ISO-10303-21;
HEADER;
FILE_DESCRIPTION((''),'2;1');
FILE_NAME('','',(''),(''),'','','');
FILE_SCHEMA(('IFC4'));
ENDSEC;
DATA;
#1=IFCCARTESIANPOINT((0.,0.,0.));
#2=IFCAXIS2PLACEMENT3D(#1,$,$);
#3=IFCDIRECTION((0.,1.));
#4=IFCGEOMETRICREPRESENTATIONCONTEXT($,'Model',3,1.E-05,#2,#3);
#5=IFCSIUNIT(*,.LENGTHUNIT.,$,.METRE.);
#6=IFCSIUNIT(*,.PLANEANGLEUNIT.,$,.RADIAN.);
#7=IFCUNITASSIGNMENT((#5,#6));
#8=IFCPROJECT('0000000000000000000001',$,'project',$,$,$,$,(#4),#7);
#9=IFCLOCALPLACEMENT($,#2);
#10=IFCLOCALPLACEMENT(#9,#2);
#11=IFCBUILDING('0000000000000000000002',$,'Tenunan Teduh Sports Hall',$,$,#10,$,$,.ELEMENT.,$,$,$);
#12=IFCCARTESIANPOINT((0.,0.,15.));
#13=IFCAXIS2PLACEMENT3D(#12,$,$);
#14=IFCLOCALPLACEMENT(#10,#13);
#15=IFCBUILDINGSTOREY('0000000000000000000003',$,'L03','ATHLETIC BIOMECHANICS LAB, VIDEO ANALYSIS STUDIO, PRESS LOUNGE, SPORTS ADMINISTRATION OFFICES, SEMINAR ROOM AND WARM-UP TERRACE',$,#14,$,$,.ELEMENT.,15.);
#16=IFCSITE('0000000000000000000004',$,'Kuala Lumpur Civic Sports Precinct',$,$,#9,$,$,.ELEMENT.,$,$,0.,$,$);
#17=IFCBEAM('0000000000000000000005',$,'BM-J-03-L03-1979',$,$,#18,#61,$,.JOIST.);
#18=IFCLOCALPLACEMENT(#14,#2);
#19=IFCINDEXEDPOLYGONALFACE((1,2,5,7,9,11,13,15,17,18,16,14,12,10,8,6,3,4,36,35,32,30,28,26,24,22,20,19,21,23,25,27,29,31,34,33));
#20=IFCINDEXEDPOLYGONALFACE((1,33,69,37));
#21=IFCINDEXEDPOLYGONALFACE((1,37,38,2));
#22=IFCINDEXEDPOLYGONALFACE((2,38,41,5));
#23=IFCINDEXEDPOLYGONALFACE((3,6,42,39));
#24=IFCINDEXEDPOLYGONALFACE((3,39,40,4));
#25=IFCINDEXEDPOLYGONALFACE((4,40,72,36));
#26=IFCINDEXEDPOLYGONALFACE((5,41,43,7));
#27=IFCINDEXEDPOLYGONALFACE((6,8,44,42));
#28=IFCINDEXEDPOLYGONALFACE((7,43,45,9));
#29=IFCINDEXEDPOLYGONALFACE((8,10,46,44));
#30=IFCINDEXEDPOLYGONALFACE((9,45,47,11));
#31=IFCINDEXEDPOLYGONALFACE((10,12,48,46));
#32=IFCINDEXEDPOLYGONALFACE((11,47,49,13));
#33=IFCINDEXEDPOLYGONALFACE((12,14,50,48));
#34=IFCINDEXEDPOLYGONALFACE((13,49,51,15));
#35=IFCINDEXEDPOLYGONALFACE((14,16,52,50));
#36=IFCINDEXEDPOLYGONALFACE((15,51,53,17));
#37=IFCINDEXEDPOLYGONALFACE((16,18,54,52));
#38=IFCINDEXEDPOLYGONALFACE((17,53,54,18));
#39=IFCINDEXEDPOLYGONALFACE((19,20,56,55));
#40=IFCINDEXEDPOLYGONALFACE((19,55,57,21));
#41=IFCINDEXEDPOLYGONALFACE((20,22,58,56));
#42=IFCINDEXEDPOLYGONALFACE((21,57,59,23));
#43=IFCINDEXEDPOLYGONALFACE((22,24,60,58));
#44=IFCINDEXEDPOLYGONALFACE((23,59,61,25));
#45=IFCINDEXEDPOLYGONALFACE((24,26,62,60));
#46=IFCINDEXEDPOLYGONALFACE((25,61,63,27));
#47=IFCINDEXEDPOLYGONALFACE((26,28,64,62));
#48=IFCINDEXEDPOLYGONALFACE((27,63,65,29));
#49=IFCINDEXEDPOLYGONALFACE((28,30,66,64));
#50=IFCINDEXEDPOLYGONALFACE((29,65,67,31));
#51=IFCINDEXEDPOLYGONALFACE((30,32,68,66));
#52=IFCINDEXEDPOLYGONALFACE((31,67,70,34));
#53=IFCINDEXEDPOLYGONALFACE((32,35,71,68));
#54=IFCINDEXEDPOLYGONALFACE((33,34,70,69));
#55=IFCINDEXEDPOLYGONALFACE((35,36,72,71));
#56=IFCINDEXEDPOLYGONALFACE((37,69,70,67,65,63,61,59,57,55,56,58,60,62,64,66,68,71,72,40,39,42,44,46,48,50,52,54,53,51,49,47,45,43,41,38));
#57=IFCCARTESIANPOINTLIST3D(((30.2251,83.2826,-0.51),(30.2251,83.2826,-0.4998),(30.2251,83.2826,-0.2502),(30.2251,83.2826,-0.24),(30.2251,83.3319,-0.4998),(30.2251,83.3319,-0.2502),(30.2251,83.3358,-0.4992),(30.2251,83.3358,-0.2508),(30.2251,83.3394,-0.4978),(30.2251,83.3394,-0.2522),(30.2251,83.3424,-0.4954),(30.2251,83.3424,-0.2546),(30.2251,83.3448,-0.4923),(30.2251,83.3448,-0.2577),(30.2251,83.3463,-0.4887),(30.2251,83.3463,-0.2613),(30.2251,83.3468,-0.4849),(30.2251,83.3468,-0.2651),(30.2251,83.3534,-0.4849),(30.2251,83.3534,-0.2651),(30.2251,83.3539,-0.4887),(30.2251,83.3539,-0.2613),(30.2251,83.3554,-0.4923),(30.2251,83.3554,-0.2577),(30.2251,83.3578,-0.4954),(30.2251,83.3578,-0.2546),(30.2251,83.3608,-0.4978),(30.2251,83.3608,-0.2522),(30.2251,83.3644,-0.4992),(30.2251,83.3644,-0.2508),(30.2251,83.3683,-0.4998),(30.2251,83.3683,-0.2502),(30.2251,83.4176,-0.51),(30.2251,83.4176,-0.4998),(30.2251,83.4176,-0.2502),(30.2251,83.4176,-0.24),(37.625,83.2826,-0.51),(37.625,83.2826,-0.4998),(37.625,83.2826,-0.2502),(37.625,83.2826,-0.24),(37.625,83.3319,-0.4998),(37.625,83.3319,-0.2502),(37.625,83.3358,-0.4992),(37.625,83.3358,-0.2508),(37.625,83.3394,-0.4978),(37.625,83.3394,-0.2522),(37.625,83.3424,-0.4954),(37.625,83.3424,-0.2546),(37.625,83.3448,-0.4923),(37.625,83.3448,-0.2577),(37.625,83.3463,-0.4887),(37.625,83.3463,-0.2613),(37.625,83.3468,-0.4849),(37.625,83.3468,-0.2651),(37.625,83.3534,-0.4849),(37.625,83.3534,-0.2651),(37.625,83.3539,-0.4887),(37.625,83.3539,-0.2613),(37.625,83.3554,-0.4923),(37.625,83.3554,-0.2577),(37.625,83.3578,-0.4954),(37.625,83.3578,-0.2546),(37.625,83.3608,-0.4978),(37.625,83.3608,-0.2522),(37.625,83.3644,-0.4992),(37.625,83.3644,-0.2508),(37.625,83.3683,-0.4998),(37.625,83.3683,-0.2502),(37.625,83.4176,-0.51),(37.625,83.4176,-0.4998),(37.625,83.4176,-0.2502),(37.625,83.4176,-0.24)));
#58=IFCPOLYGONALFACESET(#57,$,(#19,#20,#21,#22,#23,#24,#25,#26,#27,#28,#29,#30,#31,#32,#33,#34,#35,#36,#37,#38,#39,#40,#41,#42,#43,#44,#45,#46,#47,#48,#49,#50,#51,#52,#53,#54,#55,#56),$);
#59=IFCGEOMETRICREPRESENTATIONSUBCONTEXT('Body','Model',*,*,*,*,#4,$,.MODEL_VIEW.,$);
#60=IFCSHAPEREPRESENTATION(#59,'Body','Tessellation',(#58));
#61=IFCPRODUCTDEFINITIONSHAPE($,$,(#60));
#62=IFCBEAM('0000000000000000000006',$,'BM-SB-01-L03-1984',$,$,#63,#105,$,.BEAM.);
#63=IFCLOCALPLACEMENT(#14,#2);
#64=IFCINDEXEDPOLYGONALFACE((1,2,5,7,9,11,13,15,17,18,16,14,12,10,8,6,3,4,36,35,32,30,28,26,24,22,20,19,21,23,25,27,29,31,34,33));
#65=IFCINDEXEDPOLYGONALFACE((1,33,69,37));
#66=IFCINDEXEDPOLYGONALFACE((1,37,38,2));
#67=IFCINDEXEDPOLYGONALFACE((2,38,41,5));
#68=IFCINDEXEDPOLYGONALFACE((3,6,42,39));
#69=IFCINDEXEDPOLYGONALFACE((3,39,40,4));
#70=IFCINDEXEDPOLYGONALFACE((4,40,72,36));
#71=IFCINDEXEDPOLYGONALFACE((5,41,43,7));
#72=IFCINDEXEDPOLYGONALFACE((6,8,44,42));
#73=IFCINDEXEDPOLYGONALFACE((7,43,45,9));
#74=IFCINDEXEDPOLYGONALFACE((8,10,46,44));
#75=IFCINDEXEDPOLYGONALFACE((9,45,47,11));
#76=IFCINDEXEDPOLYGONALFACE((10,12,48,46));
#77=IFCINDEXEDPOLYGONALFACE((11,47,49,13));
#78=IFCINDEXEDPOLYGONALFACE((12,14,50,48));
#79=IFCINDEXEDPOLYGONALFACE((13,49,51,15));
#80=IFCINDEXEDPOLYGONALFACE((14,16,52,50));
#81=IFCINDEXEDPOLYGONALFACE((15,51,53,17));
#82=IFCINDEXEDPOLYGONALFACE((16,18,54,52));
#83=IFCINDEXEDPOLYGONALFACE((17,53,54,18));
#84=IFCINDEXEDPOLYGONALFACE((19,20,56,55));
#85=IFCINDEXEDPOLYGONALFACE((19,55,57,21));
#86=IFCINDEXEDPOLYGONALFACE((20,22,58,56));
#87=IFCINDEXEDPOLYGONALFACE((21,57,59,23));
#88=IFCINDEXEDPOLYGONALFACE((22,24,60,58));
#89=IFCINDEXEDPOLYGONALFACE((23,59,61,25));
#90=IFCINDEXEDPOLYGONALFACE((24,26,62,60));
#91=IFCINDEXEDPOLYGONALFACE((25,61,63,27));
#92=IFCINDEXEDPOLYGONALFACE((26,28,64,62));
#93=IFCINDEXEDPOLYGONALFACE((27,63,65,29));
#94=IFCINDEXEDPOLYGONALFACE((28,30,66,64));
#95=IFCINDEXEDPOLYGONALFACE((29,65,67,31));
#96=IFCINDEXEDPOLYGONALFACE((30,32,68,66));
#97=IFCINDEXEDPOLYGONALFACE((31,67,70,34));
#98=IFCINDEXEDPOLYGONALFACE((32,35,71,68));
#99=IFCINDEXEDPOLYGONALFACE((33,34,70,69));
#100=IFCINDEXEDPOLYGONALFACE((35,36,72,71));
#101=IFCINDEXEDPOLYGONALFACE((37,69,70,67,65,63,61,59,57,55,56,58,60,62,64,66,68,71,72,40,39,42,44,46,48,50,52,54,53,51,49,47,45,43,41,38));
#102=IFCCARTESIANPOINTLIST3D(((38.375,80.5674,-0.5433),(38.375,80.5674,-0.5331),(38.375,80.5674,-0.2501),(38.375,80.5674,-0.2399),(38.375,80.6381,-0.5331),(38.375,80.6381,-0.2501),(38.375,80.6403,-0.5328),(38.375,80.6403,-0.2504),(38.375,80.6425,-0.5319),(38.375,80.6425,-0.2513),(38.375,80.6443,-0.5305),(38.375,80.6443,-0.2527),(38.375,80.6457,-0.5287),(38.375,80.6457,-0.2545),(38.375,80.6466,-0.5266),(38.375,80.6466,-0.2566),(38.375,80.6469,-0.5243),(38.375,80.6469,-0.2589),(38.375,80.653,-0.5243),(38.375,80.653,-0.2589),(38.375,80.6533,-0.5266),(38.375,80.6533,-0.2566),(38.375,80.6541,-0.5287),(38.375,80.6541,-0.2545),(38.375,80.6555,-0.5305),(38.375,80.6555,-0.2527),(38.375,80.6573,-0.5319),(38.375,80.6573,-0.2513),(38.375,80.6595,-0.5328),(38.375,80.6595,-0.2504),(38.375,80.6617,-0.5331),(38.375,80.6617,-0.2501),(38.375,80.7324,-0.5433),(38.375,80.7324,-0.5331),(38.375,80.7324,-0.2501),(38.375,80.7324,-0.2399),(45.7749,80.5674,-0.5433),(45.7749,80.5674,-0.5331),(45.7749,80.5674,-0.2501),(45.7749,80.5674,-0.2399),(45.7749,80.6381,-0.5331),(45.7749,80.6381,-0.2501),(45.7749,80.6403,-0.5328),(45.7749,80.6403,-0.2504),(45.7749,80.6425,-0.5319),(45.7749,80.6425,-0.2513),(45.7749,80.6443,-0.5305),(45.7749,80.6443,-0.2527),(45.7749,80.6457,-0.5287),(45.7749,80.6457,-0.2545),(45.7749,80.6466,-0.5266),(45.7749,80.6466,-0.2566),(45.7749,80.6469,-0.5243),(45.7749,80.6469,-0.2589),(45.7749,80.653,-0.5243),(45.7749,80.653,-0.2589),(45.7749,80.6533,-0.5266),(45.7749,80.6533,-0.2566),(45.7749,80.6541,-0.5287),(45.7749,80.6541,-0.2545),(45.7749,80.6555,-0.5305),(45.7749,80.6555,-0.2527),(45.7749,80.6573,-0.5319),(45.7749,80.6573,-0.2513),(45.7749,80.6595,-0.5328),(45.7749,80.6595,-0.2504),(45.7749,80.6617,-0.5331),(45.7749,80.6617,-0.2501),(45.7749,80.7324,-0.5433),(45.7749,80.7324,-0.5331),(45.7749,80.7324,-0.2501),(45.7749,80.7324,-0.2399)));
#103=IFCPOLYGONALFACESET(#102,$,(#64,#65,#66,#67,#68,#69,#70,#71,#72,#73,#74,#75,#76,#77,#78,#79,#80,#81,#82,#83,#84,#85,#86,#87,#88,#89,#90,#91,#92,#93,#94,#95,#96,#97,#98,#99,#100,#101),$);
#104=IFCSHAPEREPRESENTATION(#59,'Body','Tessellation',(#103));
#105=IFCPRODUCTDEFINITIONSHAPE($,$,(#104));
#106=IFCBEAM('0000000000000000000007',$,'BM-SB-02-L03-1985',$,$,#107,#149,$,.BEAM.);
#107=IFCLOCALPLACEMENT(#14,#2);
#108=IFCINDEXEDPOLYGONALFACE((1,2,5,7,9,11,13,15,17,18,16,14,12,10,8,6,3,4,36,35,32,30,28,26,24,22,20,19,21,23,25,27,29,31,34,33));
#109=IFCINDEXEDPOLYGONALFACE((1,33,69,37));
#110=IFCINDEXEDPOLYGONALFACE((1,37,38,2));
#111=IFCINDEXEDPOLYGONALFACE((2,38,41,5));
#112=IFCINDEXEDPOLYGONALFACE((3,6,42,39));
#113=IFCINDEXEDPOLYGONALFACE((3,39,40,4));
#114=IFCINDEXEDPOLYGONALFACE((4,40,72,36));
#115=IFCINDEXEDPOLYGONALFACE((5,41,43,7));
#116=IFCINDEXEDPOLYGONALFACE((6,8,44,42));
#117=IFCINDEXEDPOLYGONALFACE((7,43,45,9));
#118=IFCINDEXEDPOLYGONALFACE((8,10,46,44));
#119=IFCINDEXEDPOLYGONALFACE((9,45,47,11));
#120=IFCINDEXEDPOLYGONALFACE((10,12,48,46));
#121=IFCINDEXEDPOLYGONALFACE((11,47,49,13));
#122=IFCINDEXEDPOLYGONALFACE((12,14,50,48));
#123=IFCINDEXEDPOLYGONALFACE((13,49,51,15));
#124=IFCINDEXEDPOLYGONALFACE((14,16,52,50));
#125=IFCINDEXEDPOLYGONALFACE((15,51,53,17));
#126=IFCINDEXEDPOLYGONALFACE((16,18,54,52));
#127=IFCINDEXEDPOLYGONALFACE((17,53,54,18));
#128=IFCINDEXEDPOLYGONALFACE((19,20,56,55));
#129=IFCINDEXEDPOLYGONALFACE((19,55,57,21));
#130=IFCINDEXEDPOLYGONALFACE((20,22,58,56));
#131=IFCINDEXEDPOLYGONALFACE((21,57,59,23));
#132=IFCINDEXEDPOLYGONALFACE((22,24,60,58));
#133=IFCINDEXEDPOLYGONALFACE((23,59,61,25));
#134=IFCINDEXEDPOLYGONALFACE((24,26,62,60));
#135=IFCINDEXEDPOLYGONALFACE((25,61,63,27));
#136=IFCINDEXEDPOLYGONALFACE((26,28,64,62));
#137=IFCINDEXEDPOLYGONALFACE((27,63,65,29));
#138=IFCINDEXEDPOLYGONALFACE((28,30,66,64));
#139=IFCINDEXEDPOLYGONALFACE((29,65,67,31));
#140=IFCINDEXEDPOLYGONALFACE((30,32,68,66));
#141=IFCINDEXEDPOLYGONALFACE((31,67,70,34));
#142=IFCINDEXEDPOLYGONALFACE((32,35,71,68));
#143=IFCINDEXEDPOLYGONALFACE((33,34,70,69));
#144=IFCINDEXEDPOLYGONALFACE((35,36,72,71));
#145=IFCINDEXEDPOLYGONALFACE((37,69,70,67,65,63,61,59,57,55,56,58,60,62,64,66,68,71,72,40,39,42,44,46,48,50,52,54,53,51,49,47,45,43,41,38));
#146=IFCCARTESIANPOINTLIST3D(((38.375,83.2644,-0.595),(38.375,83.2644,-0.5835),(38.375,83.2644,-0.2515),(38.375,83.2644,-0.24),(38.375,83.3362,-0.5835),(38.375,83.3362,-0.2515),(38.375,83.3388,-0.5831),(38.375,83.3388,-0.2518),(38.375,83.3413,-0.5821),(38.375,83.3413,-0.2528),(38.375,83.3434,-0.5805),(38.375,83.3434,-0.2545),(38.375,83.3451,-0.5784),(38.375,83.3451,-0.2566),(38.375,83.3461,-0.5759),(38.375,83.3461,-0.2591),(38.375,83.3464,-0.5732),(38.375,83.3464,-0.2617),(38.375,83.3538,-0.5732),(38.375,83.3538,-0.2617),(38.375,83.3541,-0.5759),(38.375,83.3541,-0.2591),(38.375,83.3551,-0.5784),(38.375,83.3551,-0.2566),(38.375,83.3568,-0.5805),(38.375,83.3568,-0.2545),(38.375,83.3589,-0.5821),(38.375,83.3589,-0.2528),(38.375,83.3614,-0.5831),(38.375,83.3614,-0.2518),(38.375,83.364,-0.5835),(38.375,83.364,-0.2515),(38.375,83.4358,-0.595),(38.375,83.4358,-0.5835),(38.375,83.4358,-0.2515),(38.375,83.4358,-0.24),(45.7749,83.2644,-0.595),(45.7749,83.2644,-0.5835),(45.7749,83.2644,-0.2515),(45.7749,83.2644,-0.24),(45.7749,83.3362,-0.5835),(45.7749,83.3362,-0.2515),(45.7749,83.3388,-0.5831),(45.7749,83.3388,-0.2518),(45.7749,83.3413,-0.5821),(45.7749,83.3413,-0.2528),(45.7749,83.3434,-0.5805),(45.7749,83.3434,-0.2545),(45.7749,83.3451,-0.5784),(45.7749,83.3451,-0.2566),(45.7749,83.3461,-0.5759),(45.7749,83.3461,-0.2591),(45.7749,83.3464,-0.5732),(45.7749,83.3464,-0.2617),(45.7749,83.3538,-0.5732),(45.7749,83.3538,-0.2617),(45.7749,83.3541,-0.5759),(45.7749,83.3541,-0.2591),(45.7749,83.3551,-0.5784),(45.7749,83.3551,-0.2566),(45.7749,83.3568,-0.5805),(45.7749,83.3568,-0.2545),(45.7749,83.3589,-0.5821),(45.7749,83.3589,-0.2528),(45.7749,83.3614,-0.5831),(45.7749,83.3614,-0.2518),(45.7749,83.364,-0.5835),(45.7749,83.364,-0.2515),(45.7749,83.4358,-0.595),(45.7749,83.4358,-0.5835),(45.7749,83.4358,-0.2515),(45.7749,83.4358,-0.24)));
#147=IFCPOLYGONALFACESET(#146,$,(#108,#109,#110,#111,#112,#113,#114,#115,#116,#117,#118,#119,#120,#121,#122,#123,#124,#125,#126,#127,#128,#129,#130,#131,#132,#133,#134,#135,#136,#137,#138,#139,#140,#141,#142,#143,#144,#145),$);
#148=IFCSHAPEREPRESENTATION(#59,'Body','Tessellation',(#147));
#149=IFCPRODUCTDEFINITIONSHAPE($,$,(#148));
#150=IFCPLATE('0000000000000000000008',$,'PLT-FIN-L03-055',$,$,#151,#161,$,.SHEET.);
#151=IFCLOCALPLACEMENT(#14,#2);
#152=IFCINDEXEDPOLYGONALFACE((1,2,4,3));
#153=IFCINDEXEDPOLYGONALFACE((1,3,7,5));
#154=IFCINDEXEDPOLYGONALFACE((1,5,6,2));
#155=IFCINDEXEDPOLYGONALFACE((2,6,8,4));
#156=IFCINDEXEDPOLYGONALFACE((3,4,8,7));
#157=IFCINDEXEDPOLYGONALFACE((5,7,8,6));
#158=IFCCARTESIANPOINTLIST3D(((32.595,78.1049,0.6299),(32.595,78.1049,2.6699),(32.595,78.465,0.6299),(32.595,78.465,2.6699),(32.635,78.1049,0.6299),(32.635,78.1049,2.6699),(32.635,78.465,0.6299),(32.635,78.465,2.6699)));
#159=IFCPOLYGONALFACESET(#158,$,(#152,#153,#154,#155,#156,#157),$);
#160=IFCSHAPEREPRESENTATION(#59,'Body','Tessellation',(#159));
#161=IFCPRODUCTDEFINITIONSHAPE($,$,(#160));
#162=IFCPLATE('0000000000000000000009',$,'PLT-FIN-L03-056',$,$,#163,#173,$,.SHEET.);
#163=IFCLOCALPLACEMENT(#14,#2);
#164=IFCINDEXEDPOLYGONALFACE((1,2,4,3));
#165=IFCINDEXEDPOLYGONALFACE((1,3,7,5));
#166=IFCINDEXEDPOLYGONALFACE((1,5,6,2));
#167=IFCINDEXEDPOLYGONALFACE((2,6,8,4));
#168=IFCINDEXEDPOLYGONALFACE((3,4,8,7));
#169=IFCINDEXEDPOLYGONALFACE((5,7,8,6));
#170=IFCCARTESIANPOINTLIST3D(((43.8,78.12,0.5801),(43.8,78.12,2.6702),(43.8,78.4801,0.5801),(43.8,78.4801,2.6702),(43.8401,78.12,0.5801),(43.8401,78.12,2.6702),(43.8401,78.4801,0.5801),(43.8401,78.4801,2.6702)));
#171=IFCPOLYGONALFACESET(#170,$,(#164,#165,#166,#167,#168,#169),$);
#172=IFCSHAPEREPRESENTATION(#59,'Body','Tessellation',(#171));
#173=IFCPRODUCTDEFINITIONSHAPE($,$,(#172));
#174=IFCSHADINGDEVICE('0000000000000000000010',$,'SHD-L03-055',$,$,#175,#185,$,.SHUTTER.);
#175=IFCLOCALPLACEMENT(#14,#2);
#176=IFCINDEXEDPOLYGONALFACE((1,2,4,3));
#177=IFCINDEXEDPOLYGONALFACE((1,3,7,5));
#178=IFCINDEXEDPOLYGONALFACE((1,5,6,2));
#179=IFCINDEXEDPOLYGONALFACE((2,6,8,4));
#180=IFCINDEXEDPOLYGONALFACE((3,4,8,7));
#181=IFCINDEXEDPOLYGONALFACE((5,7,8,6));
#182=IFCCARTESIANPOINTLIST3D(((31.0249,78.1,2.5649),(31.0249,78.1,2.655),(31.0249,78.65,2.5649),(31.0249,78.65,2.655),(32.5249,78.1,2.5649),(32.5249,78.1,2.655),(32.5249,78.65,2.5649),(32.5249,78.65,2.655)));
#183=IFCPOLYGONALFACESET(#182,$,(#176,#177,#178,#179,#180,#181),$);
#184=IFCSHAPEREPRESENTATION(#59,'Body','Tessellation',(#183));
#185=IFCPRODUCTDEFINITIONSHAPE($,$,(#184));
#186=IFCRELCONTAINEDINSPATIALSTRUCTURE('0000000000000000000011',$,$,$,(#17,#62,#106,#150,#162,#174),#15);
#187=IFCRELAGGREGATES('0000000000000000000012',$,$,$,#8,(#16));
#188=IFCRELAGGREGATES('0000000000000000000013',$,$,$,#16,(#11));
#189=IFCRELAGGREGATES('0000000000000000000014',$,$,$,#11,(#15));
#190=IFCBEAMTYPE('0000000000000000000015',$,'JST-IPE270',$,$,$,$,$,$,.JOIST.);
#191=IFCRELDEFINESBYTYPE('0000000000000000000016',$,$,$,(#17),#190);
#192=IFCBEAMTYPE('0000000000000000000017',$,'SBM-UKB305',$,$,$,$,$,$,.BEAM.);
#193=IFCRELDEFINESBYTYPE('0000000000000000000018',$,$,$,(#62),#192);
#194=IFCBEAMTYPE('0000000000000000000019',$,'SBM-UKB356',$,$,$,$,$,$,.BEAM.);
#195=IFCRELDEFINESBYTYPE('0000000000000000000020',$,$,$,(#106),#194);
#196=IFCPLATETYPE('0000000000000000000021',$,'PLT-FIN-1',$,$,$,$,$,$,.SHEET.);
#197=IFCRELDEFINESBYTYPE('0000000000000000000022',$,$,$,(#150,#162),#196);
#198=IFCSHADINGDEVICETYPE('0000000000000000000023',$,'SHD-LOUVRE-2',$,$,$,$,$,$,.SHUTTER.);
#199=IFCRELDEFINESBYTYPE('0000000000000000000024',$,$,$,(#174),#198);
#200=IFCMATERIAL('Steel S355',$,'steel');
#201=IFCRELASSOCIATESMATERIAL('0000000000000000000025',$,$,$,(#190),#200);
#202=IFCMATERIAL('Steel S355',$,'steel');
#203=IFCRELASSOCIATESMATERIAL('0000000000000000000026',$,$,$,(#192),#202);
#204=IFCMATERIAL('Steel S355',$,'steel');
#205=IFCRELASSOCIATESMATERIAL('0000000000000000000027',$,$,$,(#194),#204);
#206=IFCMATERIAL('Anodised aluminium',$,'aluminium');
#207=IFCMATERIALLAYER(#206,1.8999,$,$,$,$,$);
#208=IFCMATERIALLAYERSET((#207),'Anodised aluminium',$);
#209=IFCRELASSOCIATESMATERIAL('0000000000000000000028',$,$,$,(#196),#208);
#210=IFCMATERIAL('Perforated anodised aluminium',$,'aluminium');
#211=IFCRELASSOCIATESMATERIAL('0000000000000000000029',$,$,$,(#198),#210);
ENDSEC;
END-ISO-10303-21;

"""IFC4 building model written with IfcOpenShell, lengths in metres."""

from ifc_helpers import new_model, si_unit, direction, frame, origin, origin_2d, place, context, subcontext, project, spatial, rectangle, i_section, extrude, material, layer, layer_set, material_profile, profile_set, type_object, element, save


model = new_model("IFC4")

# Units and contexts
model_context = context("Model", 3, precision=1e-05, world=origin(), true_north=direction((0.0, 1.0)))
body_context = subcontext(model_context, "Body", "Model", "MODEL_VIEW")
ifc_project = project(units=[si_unit("LENGTHUNIT", "METRE"), si_unit("PLANEANGLEUNIT", "RADIAN")], contexts=[model_context])

# Site, building, storey
site_placement = place(None, origin())
site = spatial("IfcSite", under=ifc_project, at=site_placement, Name="Kuala Lumpur Civic Sports Precinct", CompositionType="ELEMENT", RefElevation=0.0)
building_placement = place(site_placement, origin())
building = spatial("IfcBuilding", under=site, at=building_placement, Name="Tenunan Teduh Sports Hall", CompositionType="ELEMENT")
storey_placement = place(building_placement, frame((0.0, 0.0, 15.0)))
storey = spatial("IfcBuildingStorey", under=building, at=storey_placement, Name="L03", Description="ATHLETIC BIOMECHANICS LAB, VIDEO ANALYSIS STUDIO, PRESS LOUNGE, SPORTS ADMINISTRATION OFFICES, SEMINAR ROOM AND WARM-UP TERRACE", CompositionType="ELEMENT", Elevation=15.0)

# Beams
ifc_material_1 = material(Name="Steel S355", Category="steel")
ifc_material_profile_1 = material_profile(ifc_material_1, i_section(OverallWidth=0.135, OverallDepth=0.27, WebThickness=0.0066, FlangeThickness=0.0103, FilletRadius=0.0149, at=origin_2d()), Name="IPE 270")
ifc_profile_set_1 = profile_set([ifc_material_profile_1], Name="Steel S355")
beam_type_1 = type_object("IfcBeamType", Name="JST-IPE270", PredefinedType="JOIST", material=ifc_profile_set_1)
beam_1_placement = place(storey_placement, frame((30.2251, 83.3501, -0.375), z_axis=(1.0, 0.0, 0.0), x_axis=(0.0, 1.0, 0.0)))
element("IfcBeam", 1, at=beam_1_placement, inside=storey, type_object=beam_type_1, Name="BM-J-03-L03-1979", PredefinedType="JOIST", context=body_context, shape_type="SweptSolid", body=[
    extrude(i_section(OverallWidth=0.135, OverallDepth=0.27, WebThickness=0.0066, FlangeThickness=0.0103, FilletRadius=0.0149, at=origin_2d()), origin(), (0.0, 0.0, 1.0), 7.3999),
])
ifc_material_2 = material(Name="Steel S355", Category="steel")
ifc_material_profile_2 = material_profile(ifc_material_2, i_section(OverallWidth=0.165, OverallDepth=0.3035, WebThickness=0.0061, FlangeThickness=0.0103, FilletRadius=0.0088, at=origin_2d()), Name="UKB 305x165x40")
ifc_profile_set_2 = profile_set([ifc_material_profile_2], Name="Steel S355")
beam_type_2 = type_object("IfcBeamType", Name="SBM-UKB305", PredefinedType="BEAM", material=ifc_profile_set_2)
beam_2_placement = place(storey_placement, frame((38.375, 80.6499, -0.3916), z_axis=(1.0, 0.0, 0.0), x_axis=(0.0, 1.0, 0.0)))
element("IfcBeam", 2, at=beam_2_placement, inside=storey, type_object=beam_type_2, Name="BM-SB-01-L03-1984", PredefinedType="BEAM", context=body_context, shape_type="SweptSolid", body=[
    extrude(i_section(OverallWidth=0.165, OverallDepth=0.3035, WebThickness=0.0061, FlangeThickness=0.0103, FilletRadius=0.0088, at=origin_2d()), origin(), (0.0, 0.0, 1.0), 7.3999),
])
ifc_material_3 = material(Name="Steel S355", Category="steel")
ifc_material_profile_3 = material_profile(ifc_material_3, i_section(OverallWidth=0.1714, OverallDepth=0.355, WebThickness=0.0073, FlangeThickness=0.0115, FilletRadius=0.0103, at=origin_2d()), Name="UKB 356x171x51")
ifc_profile_set_3 = profile_set([ifc_material_profile_3], Name="Steel S355")
beam_type_3 = type_object("IfcBeamType", Name="SBM-UKB356", PredefinedType="BEAM", material=ifc_profile_set_3)
beam_3_placement = place(storey_placement, frame((38.375, 83.3501, -0.4175), z_axis=(1.0, 0.0, 0.0), x_axis=(0.0, 1.0, 0.0)))
element("IfcBeam", 3, at=beam_3_placement, inside=storey, type_object=beam_type_3, Name="BM-SB-02-L03-1985", PredefinedType="BEAM", context=body_context, shape_type="SweptSolid", body=[
    extrude(i_section(OverallWidth=0.1714, OverallDepth=0.355, WebThickness=0.0073, FlangeThickness=0.0115, FilletRadius=0.0103, at=origin_2d()), origin(), (0.0, 0.0, 1.0), 7.3999),
])

# Plates
ifc_material_4 = material(Name="Anodised aluminium", Category="aluminium")
ifc_layer_1 = layer(ifc_material_4, 1.8999)
ifc_layer_set_1 = layer_set([ifc_layer_1], Name="Anodised aluminium")
plate_type = type_object("IfcPlateType", Name="PLT-FIN-1", PredefinedType="SHEET", material=ifc_layer_set_1)
plate_1_placement = place(storey_placement, frame((32.615, 78.2849, 0.6299), z_axis=(0.0, 0.0, 1.0), x_axis=(1.0, 0.0, 0.0)))
element("IfcPlate", 4, at=plate_1_placement, inside=storey, type_object=plate_type, Name="PLT-FIN-L03-055", PredefinedType="SHEET", context=body_context, shape_type="SweptSolid", body=[
    extrude(rectangle(XDim=0.04, YDim=0.3601, at=origin_2d()), origin(), (0.0, 0.0, 1.0), 2.04),
])
plate_2_placement = place(storey_placement, frame((43.8201, 78.3, 0.5801), z_axis=(0.0, 0.0, 1.0), x_axis=(1.0, 0.0, 0.0)))
element("IfcPlate", 5, at=plate_2_placement, inside=storey, type_object=plate_type, Name="PLT-FIN-L03-056", PredefinedType="SHEET", context=body_context, shape_type="SweptSolid", body=[
    extrude(rectangle(XDim=0.04, YDim=0.3601, at=origin_2d()), origin(), (0.0, 0.0, 1.0), 2.0901),
])

# Shading device
ifc_material_5 = material(Name="Perforated anodised aluminium", Category="aluminium")
shading_device_type_1 = type_object("IfcShadingDeviceType", Name="SHD-LOUVRE-2", PredefinedType="SHUTTER", material=ifc_material_5)
shading_device_1_placement = place(storey_placement, frame((31.7749, 78.375, 2.5649), z_axis=(0.0, 0.0, 1.0), x_axis=(1.0, 0.0, 0.0)))
element("IfcShadingDevice", 6, at=shading_device_1_placement, inside=storey, type_object=shading_device_type_1, Name="SHD-L03-055", PredefinedType="SHUTTER", context=body_context, shape_type="SweptSolid", body=[
    extrude(rectangle(XDim=1.5, YDim=0.55, at=origin_2d()), origin(), (0.0, 0.0, 1.0), 0.0901),
])

save(model, "model.ifc")
